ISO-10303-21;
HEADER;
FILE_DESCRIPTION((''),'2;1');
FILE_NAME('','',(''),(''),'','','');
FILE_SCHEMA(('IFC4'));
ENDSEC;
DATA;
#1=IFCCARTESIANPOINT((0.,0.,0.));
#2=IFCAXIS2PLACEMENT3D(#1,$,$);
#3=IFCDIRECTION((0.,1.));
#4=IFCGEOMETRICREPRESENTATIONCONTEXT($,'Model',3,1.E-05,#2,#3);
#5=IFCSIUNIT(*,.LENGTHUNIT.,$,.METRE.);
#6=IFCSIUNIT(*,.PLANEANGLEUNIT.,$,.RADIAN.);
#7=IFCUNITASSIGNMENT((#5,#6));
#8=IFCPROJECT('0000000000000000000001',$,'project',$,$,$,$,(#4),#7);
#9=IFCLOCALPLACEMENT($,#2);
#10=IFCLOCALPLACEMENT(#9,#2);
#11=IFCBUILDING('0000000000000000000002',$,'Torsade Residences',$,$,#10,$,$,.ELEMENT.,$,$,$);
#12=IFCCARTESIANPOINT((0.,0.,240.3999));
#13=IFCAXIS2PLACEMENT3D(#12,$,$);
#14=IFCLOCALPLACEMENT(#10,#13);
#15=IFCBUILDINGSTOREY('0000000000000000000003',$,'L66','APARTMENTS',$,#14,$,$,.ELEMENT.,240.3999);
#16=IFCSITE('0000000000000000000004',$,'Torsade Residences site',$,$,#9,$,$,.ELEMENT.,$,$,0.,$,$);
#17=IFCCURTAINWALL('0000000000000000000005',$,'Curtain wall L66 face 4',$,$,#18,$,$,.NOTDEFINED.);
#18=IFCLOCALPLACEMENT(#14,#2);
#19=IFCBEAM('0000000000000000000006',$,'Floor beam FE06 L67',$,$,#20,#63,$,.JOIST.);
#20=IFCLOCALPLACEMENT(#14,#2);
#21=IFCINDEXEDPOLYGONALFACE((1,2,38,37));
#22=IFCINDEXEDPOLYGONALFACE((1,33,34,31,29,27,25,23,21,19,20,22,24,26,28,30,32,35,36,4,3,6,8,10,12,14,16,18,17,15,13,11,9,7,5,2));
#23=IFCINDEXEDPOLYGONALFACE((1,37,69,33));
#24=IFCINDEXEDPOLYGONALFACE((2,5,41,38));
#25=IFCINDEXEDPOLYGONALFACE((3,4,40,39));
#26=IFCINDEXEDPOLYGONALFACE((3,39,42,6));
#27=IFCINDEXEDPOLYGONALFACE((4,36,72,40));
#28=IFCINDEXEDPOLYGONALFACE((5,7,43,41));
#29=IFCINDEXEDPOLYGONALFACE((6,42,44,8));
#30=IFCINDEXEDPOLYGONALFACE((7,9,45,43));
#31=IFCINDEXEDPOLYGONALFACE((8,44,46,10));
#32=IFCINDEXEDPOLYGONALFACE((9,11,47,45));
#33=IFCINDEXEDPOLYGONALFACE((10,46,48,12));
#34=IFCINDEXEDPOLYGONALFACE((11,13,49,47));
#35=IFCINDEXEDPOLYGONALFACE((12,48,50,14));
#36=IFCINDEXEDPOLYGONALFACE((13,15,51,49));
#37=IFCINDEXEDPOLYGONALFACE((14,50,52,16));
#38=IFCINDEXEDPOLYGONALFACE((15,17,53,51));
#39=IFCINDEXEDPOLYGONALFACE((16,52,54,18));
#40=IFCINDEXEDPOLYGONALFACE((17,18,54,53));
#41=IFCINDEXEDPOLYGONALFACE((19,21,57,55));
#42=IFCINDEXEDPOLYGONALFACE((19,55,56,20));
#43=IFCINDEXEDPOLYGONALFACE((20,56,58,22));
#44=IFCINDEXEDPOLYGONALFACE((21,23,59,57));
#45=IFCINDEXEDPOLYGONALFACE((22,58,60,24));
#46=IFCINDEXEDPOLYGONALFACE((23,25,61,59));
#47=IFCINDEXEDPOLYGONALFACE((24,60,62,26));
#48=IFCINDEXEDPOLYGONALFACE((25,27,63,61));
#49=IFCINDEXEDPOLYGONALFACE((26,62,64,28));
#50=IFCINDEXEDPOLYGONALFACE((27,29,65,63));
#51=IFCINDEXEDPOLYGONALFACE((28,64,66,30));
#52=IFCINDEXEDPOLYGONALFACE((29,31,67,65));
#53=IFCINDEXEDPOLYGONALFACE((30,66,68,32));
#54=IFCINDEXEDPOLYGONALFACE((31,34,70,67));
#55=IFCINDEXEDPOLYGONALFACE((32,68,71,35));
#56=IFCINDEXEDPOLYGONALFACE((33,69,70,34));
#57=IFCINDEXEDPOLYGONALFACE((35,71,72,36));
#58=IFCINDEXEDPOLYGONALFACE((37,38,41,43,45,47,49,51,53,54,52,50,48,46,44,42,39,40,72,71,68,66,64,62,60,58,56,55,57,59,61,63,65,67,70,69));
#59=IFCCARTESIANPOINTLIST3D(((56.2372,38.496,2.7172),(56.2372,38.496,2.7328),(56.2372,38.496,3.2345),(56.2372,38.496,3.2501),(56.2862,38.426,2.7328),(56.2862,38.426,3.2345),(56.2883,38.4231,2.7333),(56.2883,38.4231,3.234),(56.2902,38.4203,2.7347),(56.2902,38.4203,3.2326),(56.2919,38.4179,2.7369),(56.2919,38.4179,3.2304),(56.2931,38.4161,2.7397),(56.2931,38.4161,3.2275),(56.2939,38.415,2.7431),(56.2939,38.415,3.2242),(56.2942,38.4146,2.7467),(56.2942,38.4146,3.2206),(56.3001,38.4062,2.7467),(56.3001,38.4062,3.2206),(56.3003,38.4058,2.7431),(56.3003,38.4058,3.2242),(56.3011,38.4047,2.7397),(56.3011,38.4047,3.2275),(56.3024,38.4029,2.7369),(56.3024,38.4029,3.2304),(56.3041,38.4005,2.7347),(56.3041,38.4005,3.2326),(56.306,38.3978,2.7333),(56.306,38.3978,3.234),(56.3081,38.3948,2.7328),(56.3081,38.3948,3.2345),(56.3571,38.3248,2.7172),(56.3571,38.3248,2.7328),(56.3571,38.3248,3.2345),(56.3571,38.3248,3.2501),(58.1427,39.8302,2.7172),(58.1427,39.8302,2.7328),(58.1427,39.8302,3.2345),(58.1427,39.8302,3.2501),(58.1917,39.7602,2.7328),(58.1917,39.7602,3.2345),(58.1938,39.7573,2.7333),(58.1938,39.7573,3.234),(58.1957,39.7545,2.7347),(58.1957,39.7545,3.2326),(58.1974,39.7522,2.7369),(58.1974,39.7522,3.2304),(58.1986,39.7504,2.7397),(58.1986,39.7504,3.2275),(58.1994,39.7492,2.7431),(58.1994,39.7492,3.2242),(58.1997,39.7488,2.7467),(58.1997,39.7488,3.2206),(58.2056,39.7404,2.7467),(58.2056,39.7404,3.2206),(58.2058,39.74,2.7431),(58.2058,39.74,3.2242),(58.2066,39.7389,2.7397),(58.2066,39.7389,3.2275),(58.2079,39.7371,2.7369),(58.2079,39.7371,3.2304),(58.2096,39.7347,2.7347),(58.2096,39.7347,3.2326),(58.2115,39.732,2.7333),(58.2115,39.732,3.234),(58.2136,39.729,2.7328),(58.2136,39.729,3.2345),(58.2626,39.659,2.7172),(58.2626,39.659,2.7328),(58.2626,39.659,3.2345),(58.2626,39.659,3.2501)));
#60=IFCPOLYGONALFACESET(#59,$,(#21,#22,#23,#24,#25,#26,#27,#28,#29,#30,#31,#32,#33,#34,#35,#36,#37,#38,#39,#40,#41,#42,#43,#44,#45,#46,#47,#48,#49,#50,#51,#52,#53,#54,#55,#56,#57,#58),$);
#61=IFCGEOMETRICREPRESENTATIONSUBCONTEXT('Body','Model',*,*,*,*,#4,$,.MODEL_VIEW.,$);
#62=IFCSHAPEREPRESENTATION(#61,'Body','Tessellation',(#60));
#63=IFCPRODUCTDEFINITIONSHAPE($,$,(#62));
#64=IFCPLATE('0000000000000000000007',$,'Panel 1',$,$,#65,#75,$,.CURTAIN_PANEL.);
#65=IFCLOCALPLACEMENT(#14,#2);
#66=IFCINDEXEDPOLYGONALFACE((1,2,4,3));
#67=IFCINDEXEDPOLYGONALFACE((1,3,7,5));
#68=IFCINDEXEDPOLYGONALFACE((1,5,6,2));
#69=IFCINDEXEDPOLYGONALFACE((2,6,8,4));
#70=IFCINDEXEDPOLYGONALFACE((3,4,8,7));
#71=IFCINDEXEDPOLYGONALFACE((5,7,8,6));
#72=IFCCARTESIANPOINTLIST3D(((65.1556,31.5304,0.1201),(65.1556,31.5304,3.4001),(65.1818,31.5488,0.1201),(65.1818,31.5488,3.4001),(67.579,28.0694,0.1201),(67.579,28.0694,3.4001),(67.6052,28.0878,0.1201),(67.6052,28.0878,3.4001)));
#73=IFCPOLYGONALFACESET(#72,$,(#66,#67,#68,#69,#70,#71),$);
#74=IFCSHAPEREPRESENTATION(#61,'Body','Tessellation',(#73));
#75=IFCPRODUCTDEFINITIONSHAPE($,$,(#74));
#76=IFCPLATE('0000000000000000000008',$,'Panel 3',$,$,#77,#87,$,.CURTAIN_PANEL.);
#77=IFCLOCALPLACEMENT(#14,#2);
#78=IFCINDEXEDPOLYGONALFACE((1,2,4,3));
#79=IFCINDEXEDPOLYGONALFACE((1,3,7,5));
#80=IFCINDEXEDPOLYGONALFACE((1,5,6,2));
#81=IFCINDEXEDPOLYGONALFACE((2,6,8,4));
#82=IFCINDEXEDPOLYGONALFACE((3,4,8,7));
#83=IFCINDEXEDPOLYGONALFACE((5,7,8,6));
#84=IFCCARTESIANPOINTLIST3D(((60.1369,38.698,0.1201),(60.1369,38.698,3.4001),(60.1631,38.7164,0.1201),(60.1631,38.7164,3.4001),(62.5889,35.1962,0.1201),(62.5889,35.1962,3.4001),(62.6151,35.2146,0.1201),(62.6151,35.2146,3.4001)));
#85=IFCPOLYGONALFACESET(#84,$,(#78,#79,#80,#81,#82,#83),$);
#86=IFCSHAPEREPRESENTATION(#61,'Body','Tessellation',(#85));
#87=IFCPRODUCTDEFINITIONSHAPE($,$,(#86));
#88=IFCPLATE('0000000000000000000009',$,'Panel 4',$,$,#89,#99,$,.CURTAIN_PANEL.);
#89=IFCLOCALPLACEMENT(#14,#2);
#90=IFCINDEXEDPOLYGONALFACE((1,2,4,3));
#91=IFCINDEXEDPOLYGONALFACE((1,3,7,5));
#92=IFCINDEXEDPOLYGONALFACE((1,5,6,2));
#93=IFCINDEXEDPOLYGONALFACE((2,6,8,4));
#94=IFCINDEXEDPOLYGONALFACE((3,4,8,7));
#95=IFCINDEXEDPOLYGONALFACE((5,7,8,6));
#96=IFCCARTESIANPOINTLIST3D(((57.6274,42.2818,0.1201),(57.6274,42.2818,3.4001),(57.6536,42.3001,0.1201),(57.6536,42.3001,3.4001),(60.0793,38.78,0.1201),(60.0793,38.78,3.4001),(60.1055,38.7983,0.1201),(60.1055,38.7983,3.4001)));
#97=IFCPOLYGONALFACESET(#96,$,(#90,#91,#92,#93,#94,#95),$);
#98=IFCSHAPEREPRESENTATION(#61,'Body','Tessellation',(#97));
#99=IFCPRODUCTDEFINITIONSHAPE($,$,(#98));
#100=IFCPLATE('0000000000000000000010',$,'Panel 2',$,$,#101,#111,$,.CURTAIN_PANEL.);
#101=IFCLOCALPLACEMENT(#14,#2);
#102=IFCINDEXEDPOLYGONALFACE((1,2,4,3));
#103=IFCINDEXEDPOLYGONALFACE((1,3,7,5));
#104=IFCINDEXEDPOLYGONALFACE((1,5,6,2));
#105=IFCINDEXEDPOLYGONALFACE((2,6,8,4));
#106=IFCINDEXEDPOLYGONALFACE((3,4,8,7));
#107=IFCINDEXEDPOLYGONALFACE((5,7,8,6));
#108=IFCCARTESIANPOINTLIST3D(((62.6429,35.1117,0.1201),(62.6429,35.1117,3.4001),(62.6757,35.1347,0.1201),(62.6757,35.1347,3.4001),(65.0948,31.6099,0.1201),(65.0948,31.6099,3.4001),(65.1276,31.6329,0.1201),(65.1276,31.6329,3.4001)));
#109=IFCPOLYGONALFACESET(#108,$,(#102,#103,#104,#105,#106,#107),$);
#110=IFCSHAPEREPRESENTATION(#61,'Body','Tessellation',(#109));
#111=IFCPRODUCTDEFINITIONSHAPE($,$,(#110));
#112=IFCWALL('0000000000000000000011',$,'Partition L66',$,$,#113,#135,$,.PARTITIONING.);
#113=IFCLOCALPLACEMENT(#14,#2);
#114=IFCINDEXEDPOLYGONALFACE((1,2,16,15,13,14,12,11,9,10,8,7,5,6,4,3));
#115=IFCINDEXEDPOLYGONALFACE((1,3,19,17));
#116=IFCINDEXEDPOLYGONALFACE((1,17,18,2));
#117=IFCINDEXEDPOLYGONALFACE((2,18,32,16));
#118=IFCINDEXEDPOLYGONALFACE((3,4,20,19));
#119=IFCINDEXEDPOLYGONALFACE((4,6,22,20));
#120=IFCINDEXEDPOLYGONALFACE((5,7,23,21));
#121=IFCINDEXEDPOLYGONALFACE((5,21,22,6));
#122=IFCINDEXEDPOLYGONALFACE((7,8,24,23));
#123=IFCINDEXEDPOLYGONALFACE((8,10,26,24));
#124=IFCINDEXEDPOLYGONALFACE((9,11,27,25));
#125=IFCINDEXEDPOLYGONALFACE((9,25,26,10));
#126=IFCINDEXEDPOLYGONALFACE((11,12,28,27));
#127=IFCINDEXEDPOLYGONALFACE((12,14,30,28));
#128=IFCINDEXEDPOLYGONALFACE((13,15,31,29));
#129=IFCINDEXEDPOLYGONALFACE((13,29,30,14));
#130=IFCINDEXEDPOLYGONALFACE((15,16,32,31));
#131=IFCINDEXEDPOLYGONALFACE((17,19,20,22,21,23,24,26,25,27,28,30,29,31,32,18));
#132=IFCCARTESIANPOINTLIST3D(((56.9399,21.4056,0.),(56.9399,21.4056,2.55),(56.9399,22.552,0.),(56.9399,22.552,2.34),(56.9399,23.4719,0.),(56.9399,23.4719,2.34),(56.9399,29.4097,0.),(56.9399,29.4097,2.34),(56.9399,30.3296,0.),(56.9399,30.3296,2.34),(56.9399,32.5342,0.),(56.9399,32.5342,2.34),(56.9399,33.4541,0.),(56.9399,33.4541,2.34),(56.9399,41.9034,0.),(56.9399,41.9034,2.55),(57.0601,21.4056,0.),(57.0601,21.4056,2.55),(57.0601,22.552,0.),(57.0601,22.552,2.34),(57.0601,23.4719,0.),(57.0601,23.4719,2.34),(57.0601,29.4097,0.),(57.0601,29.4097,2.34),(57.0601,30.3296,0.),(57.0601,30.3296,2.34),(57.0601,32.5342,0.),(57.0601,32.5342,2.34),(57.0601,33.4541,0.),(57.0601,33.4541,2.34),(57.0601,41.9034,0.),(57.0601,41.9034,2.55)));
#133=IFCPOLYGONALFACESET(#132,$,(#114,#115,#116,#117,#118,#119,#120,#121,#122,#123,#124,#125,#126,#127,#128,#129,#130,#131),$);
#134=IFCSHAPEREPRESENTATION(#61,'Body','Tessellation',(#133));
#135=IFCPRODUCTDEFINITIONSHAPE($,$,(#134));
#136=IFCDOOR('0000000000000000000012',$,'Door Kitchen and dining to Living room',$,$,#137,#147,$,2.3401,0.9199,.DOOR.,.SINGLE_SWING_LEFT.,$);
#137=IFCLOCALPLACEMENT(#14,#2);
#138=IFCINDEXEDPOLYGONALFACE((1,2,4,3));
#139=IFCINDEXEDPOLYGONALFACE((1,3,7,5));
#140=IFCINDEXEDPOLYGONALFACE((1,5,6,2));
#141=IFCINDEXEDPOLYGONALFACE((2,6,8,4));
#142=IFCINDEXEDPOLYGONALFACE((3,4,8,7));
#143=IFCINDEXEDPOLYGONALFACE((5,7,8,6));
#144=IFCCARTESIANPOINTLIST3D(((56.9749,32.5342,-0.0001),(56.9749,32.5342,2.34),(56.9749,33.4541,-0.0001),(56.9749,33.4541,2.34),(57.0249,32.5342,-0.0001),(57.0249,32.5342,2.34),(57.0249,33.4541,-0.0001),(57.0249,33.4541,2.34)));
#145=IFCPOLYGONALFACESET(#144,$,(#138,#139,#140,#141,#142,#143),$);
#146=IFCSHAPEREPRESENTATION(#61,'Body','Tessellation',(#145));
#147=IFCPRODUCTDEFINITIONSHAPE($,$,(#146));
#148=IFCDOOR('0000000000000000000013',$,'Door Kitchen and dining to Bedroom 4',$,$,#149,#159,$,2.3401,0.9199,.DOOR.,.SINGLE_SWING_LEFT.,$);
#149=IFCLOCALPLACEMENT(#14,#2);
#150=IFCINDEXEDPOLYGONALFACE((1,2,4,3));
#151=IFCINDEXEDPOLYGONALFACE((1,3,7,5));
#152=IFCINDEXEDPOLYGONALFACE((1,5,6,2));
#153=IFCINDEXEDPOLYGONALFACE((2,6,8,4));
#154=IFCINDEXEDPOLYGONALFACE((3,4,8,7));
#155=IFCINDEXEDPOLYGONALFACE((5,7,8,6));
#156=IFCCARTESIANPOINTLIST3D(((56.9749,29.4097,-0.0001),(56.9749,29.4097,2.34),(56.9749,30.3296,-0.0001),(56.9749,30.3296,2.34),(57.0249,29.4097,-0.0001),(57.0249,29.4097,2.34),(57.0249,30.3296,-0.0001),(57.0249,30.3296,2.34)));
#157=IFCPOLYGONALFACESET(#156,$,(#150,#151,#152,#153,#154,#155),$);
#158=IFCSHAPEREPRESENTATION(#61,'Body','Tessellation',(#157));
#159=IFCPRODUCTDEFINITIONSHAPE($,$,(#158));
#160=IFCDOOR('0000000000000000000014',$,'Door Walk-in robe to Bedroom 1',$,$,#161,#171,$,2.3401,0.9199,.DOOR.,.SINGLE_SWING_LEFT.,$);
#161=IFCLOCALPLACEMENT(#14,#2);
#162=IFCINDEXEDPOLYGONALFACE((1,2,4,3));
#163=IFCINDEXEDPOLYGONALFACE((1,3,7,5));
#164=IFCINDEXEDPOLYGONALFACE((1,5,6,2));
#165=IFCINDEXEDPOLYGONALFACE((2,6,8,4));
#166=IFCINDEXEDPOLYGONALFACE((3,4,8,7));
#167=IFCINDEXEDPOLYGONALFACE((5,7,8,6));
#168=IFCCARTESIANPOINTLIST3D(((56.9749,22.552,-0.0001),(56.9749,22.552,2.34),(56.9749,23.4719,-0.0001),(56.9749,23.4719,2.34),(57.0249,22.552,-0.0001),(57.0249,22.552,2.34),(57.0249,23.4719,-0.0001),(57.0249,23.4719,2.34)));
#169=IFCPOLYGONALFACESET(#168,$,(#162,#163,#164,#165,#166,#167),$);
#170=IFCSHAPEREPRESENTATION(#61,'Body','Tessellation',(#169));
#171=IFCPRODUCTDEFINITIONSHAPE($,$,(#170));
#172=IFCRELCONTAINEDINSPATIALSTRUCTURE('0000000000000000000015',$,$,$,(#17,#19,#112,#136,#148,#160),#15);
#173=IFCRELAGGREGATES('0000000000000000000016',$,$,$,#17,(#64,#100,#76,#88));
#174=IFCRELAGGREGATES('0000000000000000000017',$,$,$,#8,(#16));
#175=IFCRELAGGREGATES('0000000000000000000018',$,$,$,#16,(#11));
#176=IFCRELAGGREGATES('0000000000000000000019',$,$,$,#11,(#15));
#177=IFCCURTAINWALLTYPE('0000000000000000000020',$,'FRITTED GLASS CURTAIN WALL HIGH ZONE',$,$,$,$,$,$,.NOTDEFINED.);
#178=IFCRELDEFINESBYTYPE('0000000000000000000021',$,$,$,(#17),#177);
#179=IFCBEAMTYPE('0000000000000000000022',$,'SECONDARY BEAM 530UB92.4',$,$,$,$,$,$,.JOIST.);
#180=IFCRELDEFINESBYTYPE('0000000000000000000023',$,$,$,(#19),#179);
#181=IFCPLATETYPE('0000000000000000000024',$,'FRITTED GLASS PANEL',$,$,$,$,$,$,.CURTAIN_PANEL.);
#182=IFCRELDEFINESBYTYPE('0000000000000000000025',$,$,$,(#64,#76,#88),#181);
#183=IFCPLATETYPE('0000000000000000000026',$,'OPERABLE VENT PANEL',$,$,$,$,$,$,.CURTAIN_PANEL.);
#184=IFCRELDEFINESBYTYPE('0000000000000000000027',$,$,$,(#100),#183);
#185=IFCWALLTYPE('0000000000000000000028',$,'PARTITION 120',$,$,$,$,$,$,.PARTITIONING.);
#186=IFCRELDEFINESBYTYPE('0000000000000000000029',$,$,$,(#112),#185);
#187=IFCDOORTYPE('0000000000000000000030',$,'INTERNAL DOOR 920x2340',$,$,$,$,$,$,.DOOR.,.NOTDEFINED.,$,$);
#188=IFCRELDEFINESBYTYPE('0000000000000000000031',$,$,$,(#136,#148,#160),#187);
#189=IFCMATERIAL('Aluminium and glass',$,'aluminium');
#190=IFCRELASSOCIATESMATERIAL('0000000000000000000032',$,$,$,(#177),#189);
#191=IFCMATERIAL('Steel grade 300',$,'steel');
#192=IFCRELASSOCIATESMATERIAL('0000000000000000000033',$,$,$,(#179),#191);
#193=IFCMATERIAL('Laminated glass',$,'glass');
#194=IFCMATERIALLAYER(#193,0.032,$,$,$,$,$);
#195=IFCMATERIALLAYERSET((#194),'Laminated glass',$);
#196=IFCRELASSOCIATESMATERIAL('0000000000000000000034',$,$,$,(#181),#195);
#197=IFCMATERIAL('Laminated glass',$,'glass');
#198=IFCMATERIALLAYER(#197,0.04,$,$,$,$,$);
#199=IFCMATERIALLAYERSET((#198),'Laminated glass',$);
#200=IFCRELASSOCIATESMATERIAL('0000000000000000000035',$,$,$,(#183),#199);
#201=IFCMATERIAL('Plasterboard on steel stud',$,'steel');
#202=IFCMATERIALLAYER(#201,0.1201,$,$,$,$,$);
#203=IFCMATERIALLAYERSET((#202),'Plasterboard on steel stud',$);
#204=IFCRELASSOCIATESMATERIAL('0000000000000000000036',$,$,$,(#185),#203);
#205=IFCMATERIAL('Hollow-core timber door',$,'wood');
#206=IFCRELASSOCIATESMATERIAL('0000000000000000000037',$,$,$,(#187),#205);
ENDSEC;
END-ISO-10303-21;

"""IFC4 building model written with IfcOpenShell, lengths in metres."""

from ifc_helpers import new_model, si_unit, direction, frame, frame_2d, origin, origin_2d, place, context, subcontext, project, spatial, rectangle, i_section, extrude, material, layer, layer_set, material_profile, profile_set, type_object, element, fill, aggregate, save


model = new_model("IFC4")

# Units and contexts
model_context = context("Model", 3, precision=1e-05, world=origin(), true_north=direction((0.0, 1.0)))
body_context = subcontext(model_context, "Body", "Model", "MODEL_VIEW")
ifc_project = project(units=[si_unit("LENGTHUNIT", "METRE"), si_unit("PLANEANGLEUNIT", "RADIAN")], contexts=[model_context])

# Site, building, storey
site_placement = place(None, origin())
site = spatial("IfcSite", under=ifc_project, at=site_placement, Name="Torsade Residences site", CompositionType="ELEMENT", RefElevation=0.0)
building_placement = place(site_placement, origin())
building = spatial("IfcBuilding", under=site, at=building_placement, Name="Torsade Residences", CompositionType="ELEMENT")
storey_placement = place(building_placement, frame((0.0, 0.0, 240.3999)))
storey = spatial("IfcBuildingStorey", under=building, at=storey_placement, Name="L66", Description="APARTMENTS", CompositionType="ELEMENT", Elevation=240.3999)

# Curtain wall
ifc_material_1 = material(Name="Aluminium and glass", Category="aluminium")
curtain_wall_type = type_object("IfcCurtainWallType", Name="FRITTED GLASS CURTAIN WALL HIGH ZONE", PredefinedType="NOTDEFINED", material=ifc_material_1)
curtain_wall_placement = place(storey_placement, origin())
curtain_wall = element("IfcCurtainWall", 1, at=curtain_wall_placement, inside=storey, type_object=curtain_wall_type, Name="Curtain wall L66 face 4", PredefinedType="NOTDEFINED")

# Beam
ifc_material_2 = material(Name="Steel grade 300", Category="steel")
ifc_material_profile_1 = material_profile(ifc_material_2, i_section(OverallWidth=0.209, OverallDepth=0.533, WebThickness=0.0103, FlangeThickness=0.0156, FilletRadius=0.0139, at=origin_2d()), Name="530UB92.4")
ifc_profile_set_1 = profile_set([ifc_material_profile_1], Name="Steel grade 300")
beam_type_1 = type_object("IfcBeamType", Name="SECONDARY BEAM 530UB92.4", PredefinedType="JOIST", material=ifc_profile_set_1)
beam_1_placement = place(storey_placement, frame((58.2026, 39.7446, 2.9836), z_axis=(-0.819158, -0.573568, 0.0), x_axis=(0.573568, -0.819158, 0.0)))
element("IfcBeam", 2, at=beam_1_placement, inside=storey, type_object=beam_type_1, Name="Floor beam FE06 L67", PredefinedType="JOIST", context=body_context, shape_type="SweptSolid", body=[
    extrude(i_section(OverallWidth=0.209, OverallDepth=0.533, WebThickness=0.0103, FlangeThickness=0.0156, FilletRadius=0.0139, at=origin_2d()), origin(), (0.0, 0.0, 1.0), 2.3262),
])

# Plates
ifc_material_3 = material(Name="Laminated glass", Category="glass")
ifc_layer_1 = layer(ifc_material_3, 0.032)
ifc_layer_set_1 = layer_set([ifc_layer_1], Name="Laminated glass")
plate_type_1 = type_object("IfcPlateType", Name="FRITTED GLASS PANEL", PredefinedType="CURTAIN_PANEL", material=ifc_layer_set_1)
plate_1_placement = place(storey_placement, frame((66.3804, 29.8091, 0.1201), z_axis=(0.0, 0.0, 1.0), x_axis=(-0.573576, 0.819152, 0.0)))
plate_1 = element("IfcPlate", 3, at=plate_1_placement, type_object=plate_type_1, Name="Panel 1", PredefinedType="CURTAIN_PANEL", context=body_context, shape_type="SweptSolid", body=[
    extrude(rectangle(XDim=4.2251, YDim=0.032, at=origin_2d()), origin(), (0.0, 0.0, 1.0), 3.28),
])
plate_2_placement = place(storey_placement, frame((61.376, 36.9563, 0.1201), z_axis=(0.0, 0.0, 1.0), x_axis=(-0.573576, 0.819152, 0.0)))
plate_2 = element("IfcPlate", 4, at=plate_2_placement, type_object=plate_type_1, Name="Panel 3", PredefinedType="CURTAIN_PANEL", context=body_context, shape_type="SweptSolid", body=[
    extrude(rectangle(XDim=4.2749, YDim=0.032, at=origin_2d()), origin(), (0.0, 0.0, 1.0), 3.28),
])
plate_3_placement = place(storey_placement, frame((58.8665, 40.54, 0.1201), z_axis=(0.0, 0.0, 1.0), x_axis=(-0.573576, 0.819152, 0.0)))
plate_3 = element("IfcPlate", 5, at=plate_3_placement, type_object=plate_type_1, Name="Panel 4", PredefinedType="CURTAIN_PANEL", context=body_context, shape_type="SweptSolid", body=[
    extrude(rectangle(XDim=4.2749, YDim=0.032, at=origin_2d()), origin(), (0.0, 0.0, 1.0), 3.28),
])
ifc_material_4 = material(Name="Laminated glass", Category="glass")
ifc_layer_2 = layer(ifc_material_4, 0.04)
ifc_layer_set_2 = layer_set([ifc_layer_2], Name="Laminated glass")
plate_type_2 = type_object("IfcPlateType", Name="OPERABLE VENT PANEL", PredefinedType="CURTAIN_PANEL", material=ifc_layer_set_2)
plate_4_placement = place(storey_placement, frame((63.8853, 33.3723, 0.1201), z_axis=(0.0, 0.0, 1.0), x_axis=(-0.573576, 0.819152, 0.0)))
plate_4 = element("IfcPlate", 6, at=plate_4_placement, type_object=plate_type_2, Name="Panel 2", PredefinedType="CURTAIN_PANEL", context=body_context, shape_type="SweptSolid", body=[
    extrude(rectangle(XDim=4.2749, YDim=0.04, at=origin_2d()), origin(), (0.0, 0.0, 1.0), 3.28),
])
aggregate(curtain_wall, [plate_1, plate_4, plate_2, plate_3])

# Wall, openings, doors
ifc_material_5 = material(Name="Plasterboard on steel stud", Category="steel")
ifc_layer_3 = layer(ifc_material_5, 0.1201)
ifc_layer_set_3 = layer_set([ifc_layer_3], Name="Plasterboard on steel stud")
wall_type_1 = type_object("IfcWallType", Name="PARTITION 120", PredefinedType="PARTITIONING", material=ifc_layer_set_3)
wall_1_placement = place(storey_placement, frame((57.0, 41.9036, 0.0), z_axis=(0.0, 0.0, 1.0), x_axis=(0.0, -1.0, 0.0)))
wall_1 = element("IfcWall", 7, at=wall_1_placement, inside=storey, type_object=wall_type_1, Name="Partition L66", PredefinedType="PARTITIONING", context=body_context, shape_type="SweptSolid", body=[
    extrude(rectangle(XDim=20.4978, YDim=0.1201, at=frame_2d((10.249, 0.0))), origin(), (0.0, 0.0, 1.0), 2.55),
])
opening_1_placement = place(wall_1_placement, frame((8.4495, 0.0, 0.0)))
opening_1 = element("IfcOpeningElement", 8, at=opening_1_placement, cuts=wall_1, PredefinedType="OPENING", context=body_context, shape_type="SweptSolid", body=[
    extrude(rectangle(XDim=0.9199, YDim=2.3401, at=frame_2d((0.46, 1.1699))), frame((0.0, 0.0701, 0.0), z_axis=(0.0, -1.0, 0.0), x_axis=(1.0, 0.0, 0.0)), (0.0, 0.0, 1.0), 0.1401),
])
opening_2_placement = place(wall_1_placement, frame((11.574, 0.0, 0.0)))
opening_2 = element("IfcOpeningElement", 9, at=opening_2_placement, cuts=wall_1, PredefinedType="OPENING", context=body_context, shape_type="SweptSolid", body=[
    extrude(rectangle(XDim=0.9199, YDim=2.3401, at=frame_2d((0.46, 1.1699))), frame((0.0, 0.0701, 0.0), z_axis=(0.0, -1.0, 0.0), x_axis=(1.0, 0.0, 0.0)), (0.0, 0.0, 1.0), 0.1401),
])
opening_3_placement = place(wall_1_placement, frame((18.4316, 0.0, 0.0)))
opening_3 = element("IfcOpeningElement", 10, at=opening_3_placement, cuts=wall_1, PredefinedType="OPENING", context=body_context, shape_type="SweptSolid", body=[
    extrude(rectangle(XDim=0.9199, YDim=2.3401, at=frame_2d((0.46, 1.1699))), frame((0.0, 0.0701, 0.0), z_axis=(0.0, -1.0, 0.0), x_axis=(1.0, 0.0, 0.0)), (0.0, 0.0, 1.0), 0.1401),
])
ifc_material_6 = material(Name="Hollow-core timber door", Category="wood")
door_type_1 = type_object("IfcDoorType", Name="INTERNAL DOOR 920x2340", OperationType="NOTDEFINED", PredefinedType="DOOR", material=ifc_material_6)
door_1_placement = place(opening_1_placement, origin())
door_1 = element("IfcDoor", 11, at=door_1_placement, inside=storey, type_object=door_type_1, Name="Door Kitchen and dining to Living room", OperationType="SINGLE_SWING_LEFT", OverallHeight=2.3401, OverallWidth=0.9199, PredefinedType="DOOR", context=body_context, shape_type="SweptSolid", body=[
    extrude(rectangle(XDim=0.9199, YDim=2.3401, at=frame_2d((0.46, 1.1699))), frame((0.0, 0.0249, 0.0), z_axis=(0.0, -1.0, 0.0), x_axis=(1.0, 0.0, 0.0)), (0.0, 0.0, 1.0), 0.05),
])
fill(opening_1, door_1)
door_2_placement = place(opening_2_placement, origin())
door_2 = element("IfcDoor", 12, at=door_2_placement, inside=storey, type_object=door_type_1, Name="Door Kitchen and dining to Bedroom 4", OperationType="SINGLE_SWING_LEFT", OverallHeight=2.3401, OverallWidth=0.9199, PredefinedType="DOOR", context=body_context, shape_type="SweptSolid", body=[
    extrude(rectangle(XDim=0.9199, YDim=2.3401, at=frame_2d((0.46, 1.1699))), frame((0.0, 0.0249, 0.0), z_axis=(0.0, -1.0, 0.0), x_axis=(1.0, 0.0, 0.0)), (0.0, 0.0, 1.0), 0.05),
])
fill(opening_2, door_2)
door_3_placement = place(opening_3_placement, origin())
door_3 = element("IfcDoor", 13, at=door_3_placement, inside=storey, type_object=door_type_1, Name="Door Walk-in robe to Bedroom 1", OperationType="SINGLE_SWING_LEFT", OverallHeight=2.3401, OverallWidth=0.9199, PredefinedType="DOOR", context=body_context, shape_type="SweptSolid", body=[
    extrude(rectangle(XDim=0.9199, YDim=2.3401, at=frame_2d((0.46, 1.1699))), frame((0.0, 0.0249, 0.0), z_axis=(0.0, -1.0, 0.0), x_axis=(1.0, 0.0, 0.0)), (0.0, 0.0, 1.0), 0.05),
])
fill(opening_3, door_3)

save(model, "model.ifc")
